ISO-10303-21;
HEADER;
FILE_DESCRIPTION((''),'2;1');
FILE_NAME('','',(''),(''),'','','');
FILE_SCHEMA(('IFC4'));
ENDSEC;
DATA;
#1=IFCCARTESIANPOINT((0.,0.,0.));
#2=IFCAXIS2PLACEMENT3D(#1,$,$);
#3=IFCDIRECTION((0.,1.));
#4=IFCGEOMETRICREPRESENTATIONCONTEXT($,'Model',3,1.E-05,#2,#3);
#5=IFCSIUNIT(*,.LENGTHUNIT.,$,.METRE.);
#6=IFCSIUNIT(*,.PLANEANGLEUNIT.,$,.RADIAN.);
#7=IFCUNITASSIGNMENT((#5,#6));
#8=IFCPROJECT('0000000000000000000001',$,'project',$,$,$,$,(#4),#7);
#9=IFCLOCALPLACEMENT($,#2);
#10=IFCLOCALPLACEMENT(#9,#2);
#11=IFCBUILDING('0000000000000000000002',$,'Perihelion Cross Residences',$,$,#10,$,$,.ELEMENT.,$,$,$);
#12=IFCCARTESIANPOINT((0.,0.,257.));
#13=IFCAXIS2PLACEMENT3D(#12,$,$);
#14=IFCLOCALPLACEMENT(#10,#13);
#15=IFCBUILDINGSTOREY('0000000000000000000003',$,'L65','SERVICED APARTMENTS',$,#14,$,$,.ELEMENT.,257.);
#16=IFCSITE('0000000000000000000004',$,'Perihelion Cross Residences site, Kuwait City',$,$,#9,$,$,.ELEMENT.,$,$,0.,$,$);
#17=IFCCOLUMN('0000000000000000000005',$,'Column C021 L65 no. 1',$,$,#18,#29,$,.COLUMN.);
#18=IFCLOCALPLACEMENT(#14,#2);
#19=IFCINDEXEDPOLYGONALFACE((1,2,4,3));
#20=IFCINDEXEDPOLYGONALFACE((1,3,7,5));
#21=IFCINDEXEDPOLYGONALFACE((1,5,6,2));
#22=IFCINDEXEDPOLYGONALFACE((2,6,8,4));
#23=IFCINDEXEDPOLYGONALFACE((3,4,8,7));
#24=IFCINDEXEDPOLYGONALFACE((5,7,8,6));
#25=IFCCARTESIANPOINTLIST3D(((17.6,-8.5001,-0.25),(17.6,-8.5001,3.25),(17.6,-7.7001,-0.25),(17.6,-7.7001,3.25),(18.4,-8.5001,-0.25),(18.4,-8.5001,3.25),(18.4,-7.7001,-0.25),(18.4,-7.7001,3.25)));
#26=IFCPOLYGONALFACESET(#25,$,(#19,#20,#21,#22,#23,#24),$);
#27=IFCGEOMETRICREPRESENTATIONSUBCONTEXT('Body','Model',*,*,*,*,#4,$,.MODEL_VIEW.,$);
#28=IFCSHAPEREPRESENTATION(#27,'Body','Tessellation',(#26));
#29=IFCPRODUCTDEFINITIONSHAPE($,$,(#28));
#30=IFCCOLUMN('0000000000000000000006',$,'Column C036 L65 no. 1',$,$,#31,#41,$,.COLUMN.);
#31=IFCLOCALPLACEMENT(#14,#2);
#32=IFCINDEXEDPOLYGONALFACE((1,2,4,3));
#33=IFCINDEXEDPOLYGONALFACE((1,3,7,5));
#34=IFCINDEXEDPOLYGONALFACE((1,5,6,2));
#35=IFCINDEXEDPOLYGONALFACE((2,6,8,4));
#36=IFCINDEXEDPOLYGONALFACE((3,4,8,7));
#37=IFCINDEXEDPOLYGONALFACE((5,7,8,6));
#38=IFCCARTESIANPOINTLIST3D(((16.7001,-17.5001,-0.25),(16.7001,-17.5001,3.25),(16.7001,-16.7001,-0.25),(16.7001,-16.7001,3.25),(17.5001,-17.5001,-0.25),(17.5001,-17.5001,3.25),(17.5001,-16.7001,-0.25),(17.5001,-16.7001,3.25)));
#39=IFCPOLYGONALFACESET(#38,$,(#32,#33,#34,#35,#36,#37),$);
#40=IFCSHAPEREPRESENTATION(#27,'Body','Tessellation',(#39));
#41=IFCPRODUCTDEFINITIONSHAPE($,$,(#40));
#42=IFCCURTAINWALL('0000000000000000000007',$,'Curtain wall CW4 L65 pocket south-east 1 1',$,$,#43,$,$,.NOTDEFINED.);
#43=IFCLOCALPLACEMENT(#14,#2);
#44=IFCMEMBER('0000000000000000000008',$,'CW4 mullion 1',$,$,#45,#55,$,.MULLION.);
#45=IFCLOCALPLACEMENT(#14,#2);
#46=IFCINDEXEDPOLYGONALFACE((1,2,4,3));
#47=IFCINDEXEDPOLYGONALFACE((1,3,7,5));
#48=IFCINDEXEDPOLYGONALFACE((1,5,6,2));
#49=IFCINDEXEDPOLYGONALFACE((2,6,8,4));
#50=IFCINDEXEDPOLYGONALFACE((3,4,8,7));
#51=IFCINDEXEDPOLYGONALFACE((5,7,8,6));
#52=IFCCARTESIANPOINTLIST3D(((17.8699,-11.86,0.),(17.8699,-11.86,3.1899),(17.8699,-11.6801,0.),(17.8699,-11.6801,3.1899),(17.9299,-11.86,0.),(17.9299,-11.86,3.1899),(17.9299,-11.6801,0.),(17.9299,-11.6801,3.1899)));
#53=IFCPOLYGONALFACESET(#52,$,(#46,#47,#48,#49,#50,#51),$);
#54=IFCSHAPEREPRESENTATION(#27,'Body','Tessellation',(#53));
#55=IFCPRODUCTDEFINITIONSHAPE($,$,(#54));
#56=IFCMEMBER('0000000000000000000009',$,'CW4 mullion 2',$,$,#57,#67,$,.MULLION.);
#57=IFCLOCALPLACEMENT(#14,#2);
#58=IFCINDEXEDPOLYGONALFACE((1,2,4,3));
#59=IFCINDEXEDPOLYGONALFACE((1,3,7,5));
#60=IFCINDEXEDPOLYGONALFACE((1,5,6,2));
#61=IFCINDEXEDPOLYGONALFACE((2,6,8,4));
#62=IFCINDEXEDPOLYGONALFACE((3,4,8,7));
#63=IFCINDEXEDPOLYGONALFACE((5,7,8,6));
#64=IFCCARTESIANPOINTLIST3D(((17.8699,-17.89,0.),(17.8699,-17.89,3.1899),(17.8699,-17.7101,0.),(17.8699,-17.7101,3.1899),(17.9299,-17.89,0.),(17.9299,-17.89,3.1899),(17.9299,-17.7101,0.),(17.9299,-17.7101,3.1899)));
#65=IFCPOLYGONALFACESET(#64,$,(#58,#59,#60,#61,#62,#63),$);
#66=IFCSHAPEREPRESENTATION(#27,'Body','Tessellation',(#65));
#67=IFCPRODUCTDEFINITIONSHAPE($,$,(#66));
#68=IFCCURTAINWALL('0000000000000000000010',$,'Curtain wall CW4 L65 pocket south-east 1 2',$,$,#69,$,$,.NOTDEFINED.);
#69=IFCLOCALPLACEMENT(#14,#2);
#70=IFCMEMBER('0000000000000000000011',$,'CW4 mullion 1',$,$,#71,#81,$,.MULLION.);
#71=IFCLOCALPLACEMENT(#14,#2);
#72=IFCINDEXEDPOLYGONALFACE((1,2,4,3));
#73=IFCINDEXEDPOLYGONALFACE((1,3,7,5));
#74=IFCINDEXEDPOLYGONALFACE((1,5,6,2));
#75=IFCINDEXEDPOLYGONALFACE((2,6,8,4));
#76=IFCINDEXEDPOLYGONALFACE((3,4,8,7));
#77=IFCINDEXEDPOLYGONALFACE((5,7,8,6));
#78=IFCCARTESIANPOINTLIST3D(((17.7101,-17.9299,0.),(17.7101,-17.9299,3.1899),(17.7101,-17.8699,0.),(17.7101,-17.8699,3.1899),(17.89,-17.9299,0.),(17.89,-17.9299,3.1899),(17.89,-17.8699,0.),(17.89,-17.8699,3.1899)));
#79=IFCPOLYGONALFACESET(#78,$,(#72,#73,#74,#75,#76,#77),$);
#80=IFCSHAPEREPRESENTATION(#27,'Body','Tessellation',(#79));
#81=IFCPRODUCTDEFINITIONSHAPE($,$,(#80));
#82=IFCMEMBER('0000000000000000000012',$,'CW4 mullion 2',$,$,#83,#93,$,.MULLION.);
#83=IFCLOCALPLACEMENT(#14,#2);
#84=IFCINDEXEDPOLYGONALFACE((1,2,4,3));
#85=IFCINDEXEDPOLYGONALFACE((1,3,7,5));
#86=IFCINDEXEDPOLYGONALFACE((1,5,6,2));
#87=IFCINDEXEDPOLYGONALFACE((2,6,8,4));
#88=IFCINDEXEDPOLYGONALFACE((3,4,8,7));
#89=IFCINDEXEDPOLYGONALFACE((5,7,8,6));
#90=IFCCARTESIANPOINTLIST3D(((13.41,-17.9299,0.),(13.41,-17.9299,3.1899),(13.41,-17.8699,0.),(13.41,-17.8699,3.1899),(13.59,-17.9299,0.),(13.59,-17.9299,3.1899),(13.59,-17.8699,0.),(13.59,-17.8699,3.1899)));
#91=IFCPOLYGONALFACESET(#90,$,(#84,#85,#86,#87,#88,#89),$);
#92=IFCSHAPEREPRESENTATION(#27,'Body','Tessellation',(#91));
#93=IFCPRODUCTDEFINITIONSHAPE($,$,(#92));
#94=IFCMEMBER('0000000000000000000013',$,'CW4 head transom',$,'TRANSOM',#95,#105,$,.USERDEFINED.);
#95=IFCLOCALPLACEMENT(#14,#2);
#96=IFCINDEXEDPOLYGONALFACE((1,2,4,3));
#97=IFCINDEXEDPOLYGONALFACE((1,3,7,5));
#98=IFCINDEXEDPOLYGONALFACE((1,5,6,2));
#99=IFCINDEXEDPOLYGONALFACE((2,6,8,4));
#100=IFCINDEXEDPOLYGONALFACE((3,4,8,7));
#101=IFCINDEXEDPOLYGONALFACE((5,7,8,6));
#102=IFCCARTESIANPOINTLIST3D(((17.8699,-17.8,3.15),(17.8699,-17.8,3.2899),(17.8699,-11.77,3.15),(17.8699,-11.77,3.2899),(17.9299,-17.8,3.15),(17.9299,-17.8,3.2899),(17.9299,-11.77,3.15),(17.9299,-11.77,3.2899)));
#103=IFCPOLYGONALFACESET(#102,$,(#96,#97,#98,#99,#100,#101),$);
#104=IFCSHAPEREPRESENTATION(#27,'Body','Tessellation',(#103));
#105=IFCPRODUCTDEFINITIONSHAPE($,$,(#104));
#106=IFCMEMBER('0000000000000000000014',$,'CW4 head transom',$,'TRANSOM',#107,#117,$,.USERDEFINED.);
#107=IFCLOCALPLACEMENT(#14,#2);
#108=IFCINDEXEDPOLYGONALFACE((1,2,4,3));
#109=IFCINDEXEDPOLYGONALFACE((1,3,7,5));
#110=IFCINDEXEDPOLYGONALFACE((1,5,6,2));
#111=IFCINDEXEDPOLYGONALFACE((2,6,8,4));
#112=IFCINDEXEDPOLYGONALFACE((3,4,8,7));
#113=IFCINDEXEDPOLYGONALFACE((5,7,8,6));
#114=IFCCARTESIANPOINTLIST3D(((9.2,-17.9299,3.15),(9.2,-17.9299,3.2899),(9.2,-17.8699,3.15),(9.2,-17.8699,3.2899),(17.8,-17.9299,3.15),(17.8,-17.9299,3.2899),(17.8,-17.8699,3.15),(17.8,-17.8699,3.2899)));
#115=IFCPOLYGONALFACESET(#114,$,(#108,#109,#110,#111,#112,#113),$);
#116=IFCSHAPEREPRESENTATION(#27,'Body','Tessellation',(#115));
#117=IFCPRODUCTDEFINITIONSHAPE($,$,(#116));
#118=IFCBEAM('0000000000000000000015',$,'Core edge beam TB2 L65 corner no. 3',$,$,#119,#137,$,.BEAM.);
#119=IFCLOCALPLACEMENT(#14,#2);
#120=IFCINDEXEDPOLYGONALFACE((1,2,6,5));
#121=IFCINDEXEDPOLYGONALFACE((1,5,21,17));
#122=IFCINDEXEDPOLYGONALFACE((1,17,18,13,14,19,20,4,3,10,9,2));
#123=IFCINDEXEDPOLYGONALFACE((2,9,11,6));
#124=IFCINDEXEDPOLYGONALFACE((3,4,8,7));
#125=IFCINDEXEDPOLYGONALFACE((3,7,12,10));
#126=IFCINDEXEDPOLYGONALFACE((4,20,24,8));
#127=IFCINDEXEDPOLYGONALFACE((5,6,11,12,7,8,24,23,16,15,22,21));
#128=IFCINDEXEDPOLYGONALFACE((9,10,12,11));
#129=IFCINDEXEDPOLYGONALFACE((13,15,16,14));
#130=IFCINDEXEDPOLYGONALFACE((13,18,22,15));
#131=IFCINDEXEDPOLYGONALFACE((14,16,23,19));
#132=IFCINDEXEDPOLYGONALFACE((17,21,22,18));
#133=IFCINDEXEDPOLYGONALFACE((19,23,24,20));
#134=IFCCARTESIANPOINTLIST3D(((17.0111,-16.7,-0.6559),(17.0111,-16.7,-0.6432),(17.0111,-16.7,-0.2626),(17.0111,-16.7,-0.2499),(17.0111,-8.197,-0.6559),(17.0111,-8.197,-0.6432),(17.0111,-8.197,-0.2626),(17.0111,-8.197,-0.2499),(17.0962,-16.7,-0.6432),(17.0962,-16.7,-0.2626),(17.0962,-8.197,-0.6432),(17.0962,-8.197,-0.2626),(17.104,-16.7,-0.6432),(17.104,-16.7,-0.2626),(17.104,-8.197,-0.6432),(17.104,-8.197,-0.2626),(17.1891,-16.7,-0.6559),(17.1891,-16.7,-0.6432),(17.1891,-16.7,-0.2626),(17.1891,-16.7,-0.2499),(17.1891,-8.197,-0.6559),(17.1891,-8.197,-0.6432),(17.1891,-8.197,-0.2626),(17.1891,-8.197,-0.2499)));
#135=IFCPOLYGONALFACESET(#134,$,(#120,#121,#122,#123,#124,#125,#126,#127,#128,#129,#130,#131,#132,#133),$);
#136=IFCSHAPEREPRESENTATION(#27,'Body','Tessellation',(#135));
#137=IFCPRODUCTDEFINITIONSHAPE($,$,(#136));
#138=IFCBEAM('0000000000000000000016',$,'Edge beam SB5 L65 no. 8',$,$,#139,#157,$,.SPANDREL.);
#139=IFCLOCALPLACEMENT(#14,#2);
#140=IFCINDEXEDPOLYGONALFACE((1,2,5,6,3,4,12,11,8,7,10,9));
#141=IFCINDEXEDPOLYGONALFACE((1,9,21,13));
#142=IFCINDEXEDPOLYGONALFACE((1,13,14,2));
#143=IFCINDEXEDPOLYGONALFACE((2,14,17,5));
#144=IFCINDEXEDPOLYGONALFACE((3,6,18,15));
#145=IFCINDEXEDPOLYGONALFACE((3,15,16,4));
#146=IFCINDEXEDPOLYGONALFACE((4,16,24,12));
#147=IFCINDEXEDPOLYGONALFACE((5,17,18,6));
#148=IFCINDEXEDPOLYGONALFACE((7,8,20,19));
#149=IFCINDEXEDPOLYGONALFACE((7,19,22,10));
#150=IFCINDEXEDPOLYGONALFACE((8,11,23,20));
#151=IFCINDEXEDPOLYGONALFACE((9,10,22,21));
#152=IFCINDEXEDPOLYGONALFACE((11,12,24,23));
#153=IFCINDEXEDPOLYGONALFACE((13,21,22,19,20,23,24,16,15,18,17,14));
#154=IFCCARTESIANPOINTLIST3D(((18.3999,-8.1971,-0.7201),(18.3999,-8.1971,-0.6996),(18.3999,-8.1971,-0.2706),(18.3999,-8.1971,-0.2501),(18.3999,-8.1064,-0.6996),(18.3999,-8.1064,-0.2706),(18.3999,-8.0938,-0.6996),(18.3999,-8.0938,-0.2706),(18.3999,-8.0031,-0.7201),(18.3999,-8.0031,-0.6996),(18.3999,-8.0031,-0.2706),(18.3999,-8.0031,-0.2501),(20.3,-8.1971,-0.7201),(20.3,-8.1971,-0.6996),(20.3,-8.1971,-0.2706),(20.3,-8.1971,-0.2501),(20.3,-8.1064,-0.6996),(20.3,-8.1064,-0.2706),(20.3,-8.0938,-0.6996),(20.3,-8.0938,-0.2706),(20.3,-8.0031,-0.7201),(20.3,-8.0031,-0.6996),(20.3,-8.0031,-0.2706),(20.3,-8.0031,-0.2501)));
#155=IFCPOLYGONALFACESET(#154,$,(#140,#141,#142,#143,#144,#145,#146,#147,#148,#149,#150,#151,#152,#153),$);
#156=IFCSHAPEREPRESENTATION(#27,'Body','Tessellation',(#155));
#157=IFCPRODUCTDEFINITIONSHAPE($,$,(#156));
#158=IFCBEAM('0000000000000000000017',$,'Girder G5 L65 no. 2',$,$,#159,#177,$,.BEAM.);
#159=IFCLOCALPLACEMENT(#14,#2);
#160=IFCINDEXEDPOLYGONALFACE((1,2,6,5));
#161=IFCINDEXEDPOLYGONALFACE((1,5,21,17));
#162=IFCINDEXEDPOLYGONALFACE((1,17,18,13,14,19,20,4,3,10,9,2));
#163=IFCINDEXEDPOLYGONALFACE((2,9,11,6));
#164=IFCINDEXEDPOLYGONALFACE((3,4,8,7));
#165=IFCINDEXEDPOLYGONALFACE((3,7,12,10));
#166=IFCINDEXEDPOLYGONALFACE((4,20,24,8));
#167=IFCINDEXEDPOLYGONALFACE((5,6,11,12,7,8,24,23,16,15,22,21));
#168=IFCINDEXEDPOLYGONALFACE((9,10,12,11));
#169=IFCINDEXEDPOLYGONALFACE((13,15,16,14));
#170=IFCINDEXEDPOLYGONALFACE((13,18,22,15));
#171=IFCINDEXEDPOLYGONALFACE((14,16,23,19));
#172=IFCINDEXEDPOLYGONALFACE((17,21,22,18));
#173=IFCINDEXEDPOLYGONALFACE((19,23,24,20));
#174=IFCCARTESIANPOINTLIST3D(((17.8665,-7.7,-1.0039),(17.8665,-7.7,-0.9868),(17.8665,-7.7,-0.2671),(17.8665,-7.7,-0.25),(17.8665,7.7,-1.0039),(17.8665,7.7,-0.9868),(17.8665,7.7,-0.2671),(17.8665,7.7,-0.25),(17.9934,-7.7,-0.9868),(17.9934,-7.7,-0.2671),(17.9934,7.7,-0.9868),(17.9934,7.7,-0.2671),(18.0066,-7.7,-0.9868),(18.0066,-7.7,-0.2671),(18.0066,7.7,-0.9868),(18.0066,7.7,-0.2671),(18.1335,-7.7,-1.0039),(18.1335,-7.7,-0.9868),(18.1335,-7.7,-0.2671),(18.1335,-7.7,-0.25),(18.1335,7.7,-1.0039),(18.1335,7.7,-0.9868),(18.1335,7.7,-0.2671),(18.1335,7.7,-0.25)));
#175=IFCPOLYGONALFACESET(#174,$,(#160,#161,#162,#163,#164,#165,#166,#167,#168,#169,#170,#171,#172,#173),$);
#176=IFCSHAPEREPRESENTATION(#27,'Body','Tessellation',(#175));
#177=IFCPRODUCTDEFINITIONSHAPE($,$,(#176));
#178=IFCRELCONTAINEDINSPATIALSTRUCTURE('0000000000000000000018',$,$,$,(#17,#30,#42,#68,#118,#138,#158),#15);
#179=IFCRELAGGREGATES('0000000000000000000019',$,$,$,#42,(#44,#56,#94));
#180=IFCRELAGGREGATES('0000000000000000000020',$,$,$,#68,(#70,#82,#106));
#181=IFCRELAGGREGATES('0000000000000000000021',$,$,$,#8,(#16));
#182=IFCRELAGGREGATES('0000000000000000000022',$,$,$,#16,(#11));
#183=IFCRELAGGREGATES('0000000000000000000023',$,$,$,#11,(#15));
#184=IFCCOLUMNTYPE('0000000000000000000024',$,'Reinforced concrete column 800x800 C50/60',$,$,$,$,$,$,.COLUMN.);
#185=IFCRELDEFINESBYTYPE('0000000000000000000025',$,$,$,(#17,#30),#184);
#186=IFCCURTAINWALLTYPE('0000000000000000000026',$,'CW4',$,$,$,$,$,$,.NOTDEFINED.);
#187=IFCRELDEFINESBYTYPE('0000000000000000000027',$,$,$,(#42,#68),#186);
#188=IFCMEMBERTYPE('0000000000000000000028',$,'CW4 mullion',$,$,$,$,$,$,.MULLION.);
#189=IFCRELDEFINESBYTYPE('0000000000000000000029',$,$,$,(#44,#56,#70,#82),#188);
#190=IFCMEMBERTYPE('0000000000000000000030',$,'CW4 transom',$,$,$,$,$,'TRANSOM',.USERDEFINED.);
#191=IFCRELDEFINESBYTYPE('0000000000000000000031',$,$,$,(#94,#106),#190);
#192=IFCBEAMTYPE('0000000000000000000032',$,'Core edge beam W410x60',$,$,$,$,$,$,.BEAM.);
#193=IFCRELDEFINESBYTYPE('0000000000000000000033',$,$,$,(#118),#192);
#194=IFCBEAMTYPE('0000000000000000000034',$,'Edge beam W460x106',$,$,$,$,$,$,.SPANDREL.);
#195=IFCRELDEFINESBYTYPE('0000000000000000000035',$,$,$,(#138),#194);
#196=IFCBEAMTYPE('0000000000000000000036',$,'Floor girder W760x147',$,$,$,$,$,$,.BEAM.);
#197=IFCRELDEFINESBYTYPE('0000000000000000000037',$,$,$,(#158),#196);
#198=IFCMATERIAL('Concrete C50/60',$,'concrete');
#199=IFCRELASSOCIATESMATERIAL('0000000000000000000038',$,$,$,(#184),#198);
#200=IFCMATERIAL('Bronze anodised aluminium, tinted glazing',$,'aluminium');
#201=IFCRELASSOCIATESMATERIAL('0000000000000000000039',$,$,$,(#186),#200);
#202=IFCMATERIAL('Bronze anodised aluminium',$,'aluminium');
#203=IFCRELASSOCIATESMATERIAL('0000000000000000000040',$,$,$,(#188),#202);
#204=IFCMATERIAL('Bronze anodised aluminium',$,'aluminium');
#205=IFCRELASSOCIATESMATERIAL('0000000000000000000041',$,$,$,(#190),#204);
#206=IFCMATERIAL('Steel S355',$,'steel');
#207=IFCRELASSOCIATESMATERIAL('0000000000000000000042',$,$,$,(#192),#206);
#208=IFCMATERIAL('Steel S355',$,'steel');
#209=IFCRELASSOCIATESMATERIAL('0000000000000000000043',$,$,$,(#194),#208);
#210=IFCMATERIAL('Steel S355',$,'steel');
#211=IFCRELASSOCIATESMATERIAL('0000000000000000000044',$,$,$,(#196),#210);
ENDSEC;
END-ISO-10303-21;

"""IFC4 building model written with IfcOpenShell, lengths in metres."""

from ifc_helpers import new_model, si_unit, direction, frame, origin, origin_2d, place, context, subcontext, project, spatial, rectangle, i_section, extrude, material, material_profile, profile_set, type_object, element, aggregate, save


model = new_model("IFC4")

# Units and contexts
model_context = context("Model", 3, precision=1e-05, world=origin(), true_north=direction((0.0, 1.0)))
body_context = subcontext(model_context, "Body", "Model", "MODEL_VIEW")
ifc_project = project(units=[si_unit("LENGTHUNIT", "METRE"), si_unit("PLANEANGLEUNIT", "RADIAN")], contexts=[model_context])

# Site, building, storey
site_placement = place(None, origin())
site = spatial("IfcSite", under=ifc_project, at=site_placement, Name="Perihelion Cross Residences site, Kuwait City", CompositionType="ELEMENT", RefElevation=0.0)
building_placement = place(site_placement, origin())
building = spatial("IfcBuilding", under=site, at=building_placement, Name="Perihelion Cross Residences", CompositionType="ELEMENT")
storey_placement = place(building_placement, frame((0.0, 0.0, 257.0)))
storey = spatial("IfcBuildingStorey", under=building, at=storey_placement, Name="L65", Description="SERVICED APARTMENTS", CompositionType="ELEMENT", Elevation=257.0)

# Columns
ifc_material_1 = material(Name="Concrete C50/60", Category="concrete")
ifc_material_profile_1 = material_profile(ifc_material_1, rectangle(XDim=0.8, YDim=0.8, at=origin_2d()), Name="RC 800x800")
ifc_profile_set_1 = profile_set([ifc_material_profile_1], Name="Concrete C50/60")
column_type = type_object("IfcColumnType", Name="Reinforced concrete column 800x800 C50/60", PredefinedType="COLUMN", material=ifc_profile_set_1)
for number, where, z_axis, x_axis, name in (
    (1, (18.0, -8.1001, -0.25), (0.0, 0.0, 1.0), (1.0, 0.0, 0.0), "Column C021 L65 no. 1"),
    (2, (17.1001, -17.1001, -0.25), (0.0, 0.0, 1.0), (1.0, 0.0, 0.0), "Column C036 L65 no. 1"),
):
    element("IfcColumn", number, at=place(storey_placement, frame(where, z_axis=z_axis, x_axis=x_axis)), inside=storey, type_object=column_type, Name=name, PredefinedType="COLUMN", context=body_context, shape_type="SweptSolid", body=[
        extrude(rectangle(XDim=0.8, YDim=0.8, at=origin_2d()), origin(), (0.0, 0.0, 1.0), 3.5),
    ])

# Curtain walls, members
ifc_material_2 = material(Name="Bronze anodised aluminium, tinted glazing", Category="aluminium")
curtain_wall_type_1 = type_object("IfcCurtainWallType", Name="CW4", PredefinedType="NOTDEFINED", material=ifc_material_2)
curtain_wall_1_placement = place(storey_placement, origin())
curtain_wall_1 = element("IfcCurtainWall", 3, at=curtain_wall_1_placement, inside=storey, type_object=curtain_wall_type_1, Name="Curtain wall CW4 L65 pocket south-east 1 1", PredefinedType="NOTDEFINED")
ifc_material_3 = material(Name="Bronze anodised aluminium", Category="aluminium")
ifc_material_profile_2 = material_profile(ifc_material_3, rectangle(XDim=0.0601, YDim=0.1799, at=origin_2d()), Name="CW4 mullion")
ifc_profile_set_2 = profile_set([ifc_material_profile_2], Name="Bronze anodised aluminium")
member_type_1 = type_object("IfcMemberType", Name="CW4 mullion", PredefinedType="MULLION", material=ifc_profile_set_2)
member_1_placement = place(storey_placement, frame((17.8999, -11.77, 0.0), z_axis=(0.0, 0.0, 1.0), x_axis=(1.0, 0.0, 0.0)))
member_1 = element("IfcMember", 4, at=member_1_placement, type_object=member_type_1, Name="CW4 mullion 1", PredefinedType="MULLION", context=body_context, shape_type="SweptSolid", body=[
    extrude(rectangle(XDim=0.0601, YDim=0.1799, at=origin_2d()), origin(), (0.0, 0.0, 1.0), 3.1899),
])
member_2_placement = place(storey_placement, frame((17.8999, -17.8, 0.0), z_axis=(0.0, 0.0, 1.0), x_axis=(1.0, 0.0, 0.0)))
member_2 = element("IfcMember", 5, at=member_2_placement, type_object=member_type_1, Name="CW4 mullion 2", PredefinedType="MULLION", context=body_context, shape_type="SweptSolid", body=[
    extrude(rectangle(XDim=0.0601, YDim=0.1799, at=origin_2d()), origin(), (0.0, 0.0, 1.0), 3.1899),
])
curtain_wall_2_placement = place(storey_placement, origin())
curtain_wall_2 = element("IfcCurtainWall", 6, at=curtain_wall_2_placement, inside=storey, type_object=curtain_wall_type_1, Name="Curtain wall CW4 L65 pocket south-east 1 2", PredefinedType="NOTDEFINED")
member_3_placement = place(storey_placement, frame((17.8, -17.8999, 0.0), z_axis=(0.0, 0.0, 1.0), x_axis=(0.0, -1.0, 0.0)))
member_3 = element("IfcMember", 7, at=member_3_placement, type_object=member_type_1, Name="CW4 mullion 1", PredefinedType="MULLION", context=body_context, shape_type="SweptSolid", body=[
    extrude(rectangle(XDim=0.0601, YDim=0.1799, at=origin_2d()), origin(), (0.0, 0.0, 1.0), 3.1899),
])
member_4_placement = place(storey_placement, frame((13.5, -17.8999, 0.0), z_axis=(0.0, 0.0, 1.0), x_axis=(0.0, -1.0, 0.0)))
member_4 = element("IfcMember", 8, at=member_4_placement, type_object=member_type_1, Name="CW4 mullion 2", PredefinedType="MULLION", context=body_context, shape_type="SweptSolid", body=[
    extrude(rectangle(XDim=0.0601, YDim=0.1799, at=origin_2d()), origin(), (0.0, 0.0, 1.0), 3.1899),
])

# Members
ifc_material_4 = material(Name="Bronze anodised aluminium", Category="aluminium")
ifc_material_profile_3 = material_profile(ifc_material_4, rectangle(XDim=0.0601, YDim=0.1399, at=origin_2d()), Name="CW4 transom")
ifc_profile_set_3 = profile_set([ifc_material_profile_3], Name="Bronze anodised aluminium")
member_type_2 = type_object("IfcMemberType", Name="CW4 transom", ElementType="TRANSOM", PredefinedType="USERDEFINED", material=ifc_profile_set_3)
member_5_placement = place(storey_placement, frame((17.8999, -11.77, 3.22), z_axis=(0.0, -1.0, 0.0), x_axis=(1.0, 0.0, 0.0)))
member_5 = element("IfcMember", 9, at=member_5_placement, type_object=member_type_2, Name="CW4 head transom", ObjectType="TRANSOM", PredefinedType="USERDEFINED", context=body_context, shape_type="SweptSolid", body=[
    extrude(rectangle(XDim=0.0601, YDim=0.1399, at=origin_2d()), origin(), (0.0, 0.0, 1.0), 6.03),
])
member_6_placement = place(storey_placement, frame((17.8, -17.8999, 3.22), z_axis=(-1.0, 0.0, 0.0), x_axis=(0.0, -1.0, 0.0)))
member_6 = element("IfcMember", 10, at=member_6_placement, type_object=member_type_2, Name="CW4 head transom", ObjectType="TRANSOM", PredefinedType="USERDEFINED", context=body_context, shape_type="SweptSolid", body=[
    extrude(rectangle(XDim=0.0601, YDim=0.1399, at=origin_2d()), origin(), (0.0, 0.0, 1.0), 8.6001),
])

# Beams
ifc_material_5 = material(Name="Steel S355", Category="steel")
ifc_material_profile_4 = material_profile(ifc_material_5, i_section(OverallWidth=0.178, OverallDepth=0.406, WebThickness=0.0078, FlangeThickness=0.0127, at=origin_2d()), Name="W410x60")
ifc_profile_set_4 = profile_set([ifc_material_profile_4], Name="Steel S355")
beam_type_1 = type_object("IfcBeamType", Name="Core edge beam W410x60", PredefinedType="BEAM", material=ifc_profile_set_4)
beam_1_placement = place(storey_placement, frame((17.1001, -8.197, -0.4529), z_axis=(0.0, -1.0, 0.0), x_axis=(1.0, 0.0, 0.0)))
element("IfcBeam", 11, at=beam_1_placement, inside=storey, type_object=beam_type_1, Name="Core edge beam TB2 L65 corner no. 3", PredefinedType="BEAM", context=body_context, shape_type="SweptSolid", body=[
    extrude(i_section(OverallWidth=0.178, OverallDepth=0.406, WebThickness=0.0078, FlangeThickness=0.0127, at=origin_2d()), origin(), (0.0, 0.0, 1.0), 8.5029),
])
ifc_material_6 = material(Name="Steel S355", Category="steel")
ifc_material_profile_5 = material_profile(ifc_material_6, i_section(OverallWidth=0.1941, OverallDepth=0.47, WebThickness=0.0127, FlangeThickness=0.0205, at=origin_2d()), Name="W460x106")
ifc_profile_set_5 = profile_set([ifc_material_profile_5], Name="Steel S355")
beam_type_2 = type_object("IfcBeamType", Name="Edge beam W460x106", PredefinedType="SPANDREL", material=ifc_profile_set_5)
beam_2_placement = place(storey_placement, frame((18.3999, -8.1001, -0.4851), z_axis=(1.0, 0.0, 0.0), x_axis=(0.0, 1.0, 0.0)))
element("IfcBeam", 12, at=beam_2_placement, inside=storey, type_object=beam_type_2, Name="Edge beam SB5 L65 no. 8", PredefinedType="SPANDREL", context=body_context, shape_type="SweptSolid", body=[
    extrude(i_section(OverallWidth=0.1941, OverallDepth=0.47, WebThickness=0.0127, FlangeThickness=0.0205, at=origin_2d()), origin(), (0.0, 0.0, 1.0), 1.9001),
])
ifc_material_7 = material(Name="Steel S355", Category="steel")
ifc_material_profile_6 = material_profile(ifc_material_7, i_section(OverallWidth=0.2671, OverallDepth=0.7539, WebThickness=0.0132, FlangeThickness=0.0171, at=origin_2d()), Name="W760x147")
ifc_profile_set_6 = profile_set([ifc_material_profile_6], Name="Steel S355")
beam_type_3 = type_object("IfcBeamType", Name="Floor girder W760x147", PredefinedType="BEAM", material=ifc_profile_set_6)
beam_3_placement = place(storey_placement, frame((18.0, -7.7, -0.627), z_axis=(0.0, 1.0, 0.0), x_axis=(-1.0, 0.0, 0.0)))
element("IfcBeam", 13, at=beam_3_placement, inside=storey, type_object=beam_type_3, Name="Girder G5 L65 no. 2", PredefinedType="BEAM", context=body_context, shape_type="SweptSolid", body=[
    extrude(i_section(OverallWidth=0.2671, OverallDepth=0.7539, WebThickness=0.0132, FlangeThickness=0.0171, at=origin_2d()), origin(), (0.0, 0.0, 1.0), 15.3999),
])

aggregate(curtain_wall_1, [member_1, member_2, member_5])
aggregate(curtain_wall_2, [member_3, member_4, member_6])

save(model, "model.ifc")
